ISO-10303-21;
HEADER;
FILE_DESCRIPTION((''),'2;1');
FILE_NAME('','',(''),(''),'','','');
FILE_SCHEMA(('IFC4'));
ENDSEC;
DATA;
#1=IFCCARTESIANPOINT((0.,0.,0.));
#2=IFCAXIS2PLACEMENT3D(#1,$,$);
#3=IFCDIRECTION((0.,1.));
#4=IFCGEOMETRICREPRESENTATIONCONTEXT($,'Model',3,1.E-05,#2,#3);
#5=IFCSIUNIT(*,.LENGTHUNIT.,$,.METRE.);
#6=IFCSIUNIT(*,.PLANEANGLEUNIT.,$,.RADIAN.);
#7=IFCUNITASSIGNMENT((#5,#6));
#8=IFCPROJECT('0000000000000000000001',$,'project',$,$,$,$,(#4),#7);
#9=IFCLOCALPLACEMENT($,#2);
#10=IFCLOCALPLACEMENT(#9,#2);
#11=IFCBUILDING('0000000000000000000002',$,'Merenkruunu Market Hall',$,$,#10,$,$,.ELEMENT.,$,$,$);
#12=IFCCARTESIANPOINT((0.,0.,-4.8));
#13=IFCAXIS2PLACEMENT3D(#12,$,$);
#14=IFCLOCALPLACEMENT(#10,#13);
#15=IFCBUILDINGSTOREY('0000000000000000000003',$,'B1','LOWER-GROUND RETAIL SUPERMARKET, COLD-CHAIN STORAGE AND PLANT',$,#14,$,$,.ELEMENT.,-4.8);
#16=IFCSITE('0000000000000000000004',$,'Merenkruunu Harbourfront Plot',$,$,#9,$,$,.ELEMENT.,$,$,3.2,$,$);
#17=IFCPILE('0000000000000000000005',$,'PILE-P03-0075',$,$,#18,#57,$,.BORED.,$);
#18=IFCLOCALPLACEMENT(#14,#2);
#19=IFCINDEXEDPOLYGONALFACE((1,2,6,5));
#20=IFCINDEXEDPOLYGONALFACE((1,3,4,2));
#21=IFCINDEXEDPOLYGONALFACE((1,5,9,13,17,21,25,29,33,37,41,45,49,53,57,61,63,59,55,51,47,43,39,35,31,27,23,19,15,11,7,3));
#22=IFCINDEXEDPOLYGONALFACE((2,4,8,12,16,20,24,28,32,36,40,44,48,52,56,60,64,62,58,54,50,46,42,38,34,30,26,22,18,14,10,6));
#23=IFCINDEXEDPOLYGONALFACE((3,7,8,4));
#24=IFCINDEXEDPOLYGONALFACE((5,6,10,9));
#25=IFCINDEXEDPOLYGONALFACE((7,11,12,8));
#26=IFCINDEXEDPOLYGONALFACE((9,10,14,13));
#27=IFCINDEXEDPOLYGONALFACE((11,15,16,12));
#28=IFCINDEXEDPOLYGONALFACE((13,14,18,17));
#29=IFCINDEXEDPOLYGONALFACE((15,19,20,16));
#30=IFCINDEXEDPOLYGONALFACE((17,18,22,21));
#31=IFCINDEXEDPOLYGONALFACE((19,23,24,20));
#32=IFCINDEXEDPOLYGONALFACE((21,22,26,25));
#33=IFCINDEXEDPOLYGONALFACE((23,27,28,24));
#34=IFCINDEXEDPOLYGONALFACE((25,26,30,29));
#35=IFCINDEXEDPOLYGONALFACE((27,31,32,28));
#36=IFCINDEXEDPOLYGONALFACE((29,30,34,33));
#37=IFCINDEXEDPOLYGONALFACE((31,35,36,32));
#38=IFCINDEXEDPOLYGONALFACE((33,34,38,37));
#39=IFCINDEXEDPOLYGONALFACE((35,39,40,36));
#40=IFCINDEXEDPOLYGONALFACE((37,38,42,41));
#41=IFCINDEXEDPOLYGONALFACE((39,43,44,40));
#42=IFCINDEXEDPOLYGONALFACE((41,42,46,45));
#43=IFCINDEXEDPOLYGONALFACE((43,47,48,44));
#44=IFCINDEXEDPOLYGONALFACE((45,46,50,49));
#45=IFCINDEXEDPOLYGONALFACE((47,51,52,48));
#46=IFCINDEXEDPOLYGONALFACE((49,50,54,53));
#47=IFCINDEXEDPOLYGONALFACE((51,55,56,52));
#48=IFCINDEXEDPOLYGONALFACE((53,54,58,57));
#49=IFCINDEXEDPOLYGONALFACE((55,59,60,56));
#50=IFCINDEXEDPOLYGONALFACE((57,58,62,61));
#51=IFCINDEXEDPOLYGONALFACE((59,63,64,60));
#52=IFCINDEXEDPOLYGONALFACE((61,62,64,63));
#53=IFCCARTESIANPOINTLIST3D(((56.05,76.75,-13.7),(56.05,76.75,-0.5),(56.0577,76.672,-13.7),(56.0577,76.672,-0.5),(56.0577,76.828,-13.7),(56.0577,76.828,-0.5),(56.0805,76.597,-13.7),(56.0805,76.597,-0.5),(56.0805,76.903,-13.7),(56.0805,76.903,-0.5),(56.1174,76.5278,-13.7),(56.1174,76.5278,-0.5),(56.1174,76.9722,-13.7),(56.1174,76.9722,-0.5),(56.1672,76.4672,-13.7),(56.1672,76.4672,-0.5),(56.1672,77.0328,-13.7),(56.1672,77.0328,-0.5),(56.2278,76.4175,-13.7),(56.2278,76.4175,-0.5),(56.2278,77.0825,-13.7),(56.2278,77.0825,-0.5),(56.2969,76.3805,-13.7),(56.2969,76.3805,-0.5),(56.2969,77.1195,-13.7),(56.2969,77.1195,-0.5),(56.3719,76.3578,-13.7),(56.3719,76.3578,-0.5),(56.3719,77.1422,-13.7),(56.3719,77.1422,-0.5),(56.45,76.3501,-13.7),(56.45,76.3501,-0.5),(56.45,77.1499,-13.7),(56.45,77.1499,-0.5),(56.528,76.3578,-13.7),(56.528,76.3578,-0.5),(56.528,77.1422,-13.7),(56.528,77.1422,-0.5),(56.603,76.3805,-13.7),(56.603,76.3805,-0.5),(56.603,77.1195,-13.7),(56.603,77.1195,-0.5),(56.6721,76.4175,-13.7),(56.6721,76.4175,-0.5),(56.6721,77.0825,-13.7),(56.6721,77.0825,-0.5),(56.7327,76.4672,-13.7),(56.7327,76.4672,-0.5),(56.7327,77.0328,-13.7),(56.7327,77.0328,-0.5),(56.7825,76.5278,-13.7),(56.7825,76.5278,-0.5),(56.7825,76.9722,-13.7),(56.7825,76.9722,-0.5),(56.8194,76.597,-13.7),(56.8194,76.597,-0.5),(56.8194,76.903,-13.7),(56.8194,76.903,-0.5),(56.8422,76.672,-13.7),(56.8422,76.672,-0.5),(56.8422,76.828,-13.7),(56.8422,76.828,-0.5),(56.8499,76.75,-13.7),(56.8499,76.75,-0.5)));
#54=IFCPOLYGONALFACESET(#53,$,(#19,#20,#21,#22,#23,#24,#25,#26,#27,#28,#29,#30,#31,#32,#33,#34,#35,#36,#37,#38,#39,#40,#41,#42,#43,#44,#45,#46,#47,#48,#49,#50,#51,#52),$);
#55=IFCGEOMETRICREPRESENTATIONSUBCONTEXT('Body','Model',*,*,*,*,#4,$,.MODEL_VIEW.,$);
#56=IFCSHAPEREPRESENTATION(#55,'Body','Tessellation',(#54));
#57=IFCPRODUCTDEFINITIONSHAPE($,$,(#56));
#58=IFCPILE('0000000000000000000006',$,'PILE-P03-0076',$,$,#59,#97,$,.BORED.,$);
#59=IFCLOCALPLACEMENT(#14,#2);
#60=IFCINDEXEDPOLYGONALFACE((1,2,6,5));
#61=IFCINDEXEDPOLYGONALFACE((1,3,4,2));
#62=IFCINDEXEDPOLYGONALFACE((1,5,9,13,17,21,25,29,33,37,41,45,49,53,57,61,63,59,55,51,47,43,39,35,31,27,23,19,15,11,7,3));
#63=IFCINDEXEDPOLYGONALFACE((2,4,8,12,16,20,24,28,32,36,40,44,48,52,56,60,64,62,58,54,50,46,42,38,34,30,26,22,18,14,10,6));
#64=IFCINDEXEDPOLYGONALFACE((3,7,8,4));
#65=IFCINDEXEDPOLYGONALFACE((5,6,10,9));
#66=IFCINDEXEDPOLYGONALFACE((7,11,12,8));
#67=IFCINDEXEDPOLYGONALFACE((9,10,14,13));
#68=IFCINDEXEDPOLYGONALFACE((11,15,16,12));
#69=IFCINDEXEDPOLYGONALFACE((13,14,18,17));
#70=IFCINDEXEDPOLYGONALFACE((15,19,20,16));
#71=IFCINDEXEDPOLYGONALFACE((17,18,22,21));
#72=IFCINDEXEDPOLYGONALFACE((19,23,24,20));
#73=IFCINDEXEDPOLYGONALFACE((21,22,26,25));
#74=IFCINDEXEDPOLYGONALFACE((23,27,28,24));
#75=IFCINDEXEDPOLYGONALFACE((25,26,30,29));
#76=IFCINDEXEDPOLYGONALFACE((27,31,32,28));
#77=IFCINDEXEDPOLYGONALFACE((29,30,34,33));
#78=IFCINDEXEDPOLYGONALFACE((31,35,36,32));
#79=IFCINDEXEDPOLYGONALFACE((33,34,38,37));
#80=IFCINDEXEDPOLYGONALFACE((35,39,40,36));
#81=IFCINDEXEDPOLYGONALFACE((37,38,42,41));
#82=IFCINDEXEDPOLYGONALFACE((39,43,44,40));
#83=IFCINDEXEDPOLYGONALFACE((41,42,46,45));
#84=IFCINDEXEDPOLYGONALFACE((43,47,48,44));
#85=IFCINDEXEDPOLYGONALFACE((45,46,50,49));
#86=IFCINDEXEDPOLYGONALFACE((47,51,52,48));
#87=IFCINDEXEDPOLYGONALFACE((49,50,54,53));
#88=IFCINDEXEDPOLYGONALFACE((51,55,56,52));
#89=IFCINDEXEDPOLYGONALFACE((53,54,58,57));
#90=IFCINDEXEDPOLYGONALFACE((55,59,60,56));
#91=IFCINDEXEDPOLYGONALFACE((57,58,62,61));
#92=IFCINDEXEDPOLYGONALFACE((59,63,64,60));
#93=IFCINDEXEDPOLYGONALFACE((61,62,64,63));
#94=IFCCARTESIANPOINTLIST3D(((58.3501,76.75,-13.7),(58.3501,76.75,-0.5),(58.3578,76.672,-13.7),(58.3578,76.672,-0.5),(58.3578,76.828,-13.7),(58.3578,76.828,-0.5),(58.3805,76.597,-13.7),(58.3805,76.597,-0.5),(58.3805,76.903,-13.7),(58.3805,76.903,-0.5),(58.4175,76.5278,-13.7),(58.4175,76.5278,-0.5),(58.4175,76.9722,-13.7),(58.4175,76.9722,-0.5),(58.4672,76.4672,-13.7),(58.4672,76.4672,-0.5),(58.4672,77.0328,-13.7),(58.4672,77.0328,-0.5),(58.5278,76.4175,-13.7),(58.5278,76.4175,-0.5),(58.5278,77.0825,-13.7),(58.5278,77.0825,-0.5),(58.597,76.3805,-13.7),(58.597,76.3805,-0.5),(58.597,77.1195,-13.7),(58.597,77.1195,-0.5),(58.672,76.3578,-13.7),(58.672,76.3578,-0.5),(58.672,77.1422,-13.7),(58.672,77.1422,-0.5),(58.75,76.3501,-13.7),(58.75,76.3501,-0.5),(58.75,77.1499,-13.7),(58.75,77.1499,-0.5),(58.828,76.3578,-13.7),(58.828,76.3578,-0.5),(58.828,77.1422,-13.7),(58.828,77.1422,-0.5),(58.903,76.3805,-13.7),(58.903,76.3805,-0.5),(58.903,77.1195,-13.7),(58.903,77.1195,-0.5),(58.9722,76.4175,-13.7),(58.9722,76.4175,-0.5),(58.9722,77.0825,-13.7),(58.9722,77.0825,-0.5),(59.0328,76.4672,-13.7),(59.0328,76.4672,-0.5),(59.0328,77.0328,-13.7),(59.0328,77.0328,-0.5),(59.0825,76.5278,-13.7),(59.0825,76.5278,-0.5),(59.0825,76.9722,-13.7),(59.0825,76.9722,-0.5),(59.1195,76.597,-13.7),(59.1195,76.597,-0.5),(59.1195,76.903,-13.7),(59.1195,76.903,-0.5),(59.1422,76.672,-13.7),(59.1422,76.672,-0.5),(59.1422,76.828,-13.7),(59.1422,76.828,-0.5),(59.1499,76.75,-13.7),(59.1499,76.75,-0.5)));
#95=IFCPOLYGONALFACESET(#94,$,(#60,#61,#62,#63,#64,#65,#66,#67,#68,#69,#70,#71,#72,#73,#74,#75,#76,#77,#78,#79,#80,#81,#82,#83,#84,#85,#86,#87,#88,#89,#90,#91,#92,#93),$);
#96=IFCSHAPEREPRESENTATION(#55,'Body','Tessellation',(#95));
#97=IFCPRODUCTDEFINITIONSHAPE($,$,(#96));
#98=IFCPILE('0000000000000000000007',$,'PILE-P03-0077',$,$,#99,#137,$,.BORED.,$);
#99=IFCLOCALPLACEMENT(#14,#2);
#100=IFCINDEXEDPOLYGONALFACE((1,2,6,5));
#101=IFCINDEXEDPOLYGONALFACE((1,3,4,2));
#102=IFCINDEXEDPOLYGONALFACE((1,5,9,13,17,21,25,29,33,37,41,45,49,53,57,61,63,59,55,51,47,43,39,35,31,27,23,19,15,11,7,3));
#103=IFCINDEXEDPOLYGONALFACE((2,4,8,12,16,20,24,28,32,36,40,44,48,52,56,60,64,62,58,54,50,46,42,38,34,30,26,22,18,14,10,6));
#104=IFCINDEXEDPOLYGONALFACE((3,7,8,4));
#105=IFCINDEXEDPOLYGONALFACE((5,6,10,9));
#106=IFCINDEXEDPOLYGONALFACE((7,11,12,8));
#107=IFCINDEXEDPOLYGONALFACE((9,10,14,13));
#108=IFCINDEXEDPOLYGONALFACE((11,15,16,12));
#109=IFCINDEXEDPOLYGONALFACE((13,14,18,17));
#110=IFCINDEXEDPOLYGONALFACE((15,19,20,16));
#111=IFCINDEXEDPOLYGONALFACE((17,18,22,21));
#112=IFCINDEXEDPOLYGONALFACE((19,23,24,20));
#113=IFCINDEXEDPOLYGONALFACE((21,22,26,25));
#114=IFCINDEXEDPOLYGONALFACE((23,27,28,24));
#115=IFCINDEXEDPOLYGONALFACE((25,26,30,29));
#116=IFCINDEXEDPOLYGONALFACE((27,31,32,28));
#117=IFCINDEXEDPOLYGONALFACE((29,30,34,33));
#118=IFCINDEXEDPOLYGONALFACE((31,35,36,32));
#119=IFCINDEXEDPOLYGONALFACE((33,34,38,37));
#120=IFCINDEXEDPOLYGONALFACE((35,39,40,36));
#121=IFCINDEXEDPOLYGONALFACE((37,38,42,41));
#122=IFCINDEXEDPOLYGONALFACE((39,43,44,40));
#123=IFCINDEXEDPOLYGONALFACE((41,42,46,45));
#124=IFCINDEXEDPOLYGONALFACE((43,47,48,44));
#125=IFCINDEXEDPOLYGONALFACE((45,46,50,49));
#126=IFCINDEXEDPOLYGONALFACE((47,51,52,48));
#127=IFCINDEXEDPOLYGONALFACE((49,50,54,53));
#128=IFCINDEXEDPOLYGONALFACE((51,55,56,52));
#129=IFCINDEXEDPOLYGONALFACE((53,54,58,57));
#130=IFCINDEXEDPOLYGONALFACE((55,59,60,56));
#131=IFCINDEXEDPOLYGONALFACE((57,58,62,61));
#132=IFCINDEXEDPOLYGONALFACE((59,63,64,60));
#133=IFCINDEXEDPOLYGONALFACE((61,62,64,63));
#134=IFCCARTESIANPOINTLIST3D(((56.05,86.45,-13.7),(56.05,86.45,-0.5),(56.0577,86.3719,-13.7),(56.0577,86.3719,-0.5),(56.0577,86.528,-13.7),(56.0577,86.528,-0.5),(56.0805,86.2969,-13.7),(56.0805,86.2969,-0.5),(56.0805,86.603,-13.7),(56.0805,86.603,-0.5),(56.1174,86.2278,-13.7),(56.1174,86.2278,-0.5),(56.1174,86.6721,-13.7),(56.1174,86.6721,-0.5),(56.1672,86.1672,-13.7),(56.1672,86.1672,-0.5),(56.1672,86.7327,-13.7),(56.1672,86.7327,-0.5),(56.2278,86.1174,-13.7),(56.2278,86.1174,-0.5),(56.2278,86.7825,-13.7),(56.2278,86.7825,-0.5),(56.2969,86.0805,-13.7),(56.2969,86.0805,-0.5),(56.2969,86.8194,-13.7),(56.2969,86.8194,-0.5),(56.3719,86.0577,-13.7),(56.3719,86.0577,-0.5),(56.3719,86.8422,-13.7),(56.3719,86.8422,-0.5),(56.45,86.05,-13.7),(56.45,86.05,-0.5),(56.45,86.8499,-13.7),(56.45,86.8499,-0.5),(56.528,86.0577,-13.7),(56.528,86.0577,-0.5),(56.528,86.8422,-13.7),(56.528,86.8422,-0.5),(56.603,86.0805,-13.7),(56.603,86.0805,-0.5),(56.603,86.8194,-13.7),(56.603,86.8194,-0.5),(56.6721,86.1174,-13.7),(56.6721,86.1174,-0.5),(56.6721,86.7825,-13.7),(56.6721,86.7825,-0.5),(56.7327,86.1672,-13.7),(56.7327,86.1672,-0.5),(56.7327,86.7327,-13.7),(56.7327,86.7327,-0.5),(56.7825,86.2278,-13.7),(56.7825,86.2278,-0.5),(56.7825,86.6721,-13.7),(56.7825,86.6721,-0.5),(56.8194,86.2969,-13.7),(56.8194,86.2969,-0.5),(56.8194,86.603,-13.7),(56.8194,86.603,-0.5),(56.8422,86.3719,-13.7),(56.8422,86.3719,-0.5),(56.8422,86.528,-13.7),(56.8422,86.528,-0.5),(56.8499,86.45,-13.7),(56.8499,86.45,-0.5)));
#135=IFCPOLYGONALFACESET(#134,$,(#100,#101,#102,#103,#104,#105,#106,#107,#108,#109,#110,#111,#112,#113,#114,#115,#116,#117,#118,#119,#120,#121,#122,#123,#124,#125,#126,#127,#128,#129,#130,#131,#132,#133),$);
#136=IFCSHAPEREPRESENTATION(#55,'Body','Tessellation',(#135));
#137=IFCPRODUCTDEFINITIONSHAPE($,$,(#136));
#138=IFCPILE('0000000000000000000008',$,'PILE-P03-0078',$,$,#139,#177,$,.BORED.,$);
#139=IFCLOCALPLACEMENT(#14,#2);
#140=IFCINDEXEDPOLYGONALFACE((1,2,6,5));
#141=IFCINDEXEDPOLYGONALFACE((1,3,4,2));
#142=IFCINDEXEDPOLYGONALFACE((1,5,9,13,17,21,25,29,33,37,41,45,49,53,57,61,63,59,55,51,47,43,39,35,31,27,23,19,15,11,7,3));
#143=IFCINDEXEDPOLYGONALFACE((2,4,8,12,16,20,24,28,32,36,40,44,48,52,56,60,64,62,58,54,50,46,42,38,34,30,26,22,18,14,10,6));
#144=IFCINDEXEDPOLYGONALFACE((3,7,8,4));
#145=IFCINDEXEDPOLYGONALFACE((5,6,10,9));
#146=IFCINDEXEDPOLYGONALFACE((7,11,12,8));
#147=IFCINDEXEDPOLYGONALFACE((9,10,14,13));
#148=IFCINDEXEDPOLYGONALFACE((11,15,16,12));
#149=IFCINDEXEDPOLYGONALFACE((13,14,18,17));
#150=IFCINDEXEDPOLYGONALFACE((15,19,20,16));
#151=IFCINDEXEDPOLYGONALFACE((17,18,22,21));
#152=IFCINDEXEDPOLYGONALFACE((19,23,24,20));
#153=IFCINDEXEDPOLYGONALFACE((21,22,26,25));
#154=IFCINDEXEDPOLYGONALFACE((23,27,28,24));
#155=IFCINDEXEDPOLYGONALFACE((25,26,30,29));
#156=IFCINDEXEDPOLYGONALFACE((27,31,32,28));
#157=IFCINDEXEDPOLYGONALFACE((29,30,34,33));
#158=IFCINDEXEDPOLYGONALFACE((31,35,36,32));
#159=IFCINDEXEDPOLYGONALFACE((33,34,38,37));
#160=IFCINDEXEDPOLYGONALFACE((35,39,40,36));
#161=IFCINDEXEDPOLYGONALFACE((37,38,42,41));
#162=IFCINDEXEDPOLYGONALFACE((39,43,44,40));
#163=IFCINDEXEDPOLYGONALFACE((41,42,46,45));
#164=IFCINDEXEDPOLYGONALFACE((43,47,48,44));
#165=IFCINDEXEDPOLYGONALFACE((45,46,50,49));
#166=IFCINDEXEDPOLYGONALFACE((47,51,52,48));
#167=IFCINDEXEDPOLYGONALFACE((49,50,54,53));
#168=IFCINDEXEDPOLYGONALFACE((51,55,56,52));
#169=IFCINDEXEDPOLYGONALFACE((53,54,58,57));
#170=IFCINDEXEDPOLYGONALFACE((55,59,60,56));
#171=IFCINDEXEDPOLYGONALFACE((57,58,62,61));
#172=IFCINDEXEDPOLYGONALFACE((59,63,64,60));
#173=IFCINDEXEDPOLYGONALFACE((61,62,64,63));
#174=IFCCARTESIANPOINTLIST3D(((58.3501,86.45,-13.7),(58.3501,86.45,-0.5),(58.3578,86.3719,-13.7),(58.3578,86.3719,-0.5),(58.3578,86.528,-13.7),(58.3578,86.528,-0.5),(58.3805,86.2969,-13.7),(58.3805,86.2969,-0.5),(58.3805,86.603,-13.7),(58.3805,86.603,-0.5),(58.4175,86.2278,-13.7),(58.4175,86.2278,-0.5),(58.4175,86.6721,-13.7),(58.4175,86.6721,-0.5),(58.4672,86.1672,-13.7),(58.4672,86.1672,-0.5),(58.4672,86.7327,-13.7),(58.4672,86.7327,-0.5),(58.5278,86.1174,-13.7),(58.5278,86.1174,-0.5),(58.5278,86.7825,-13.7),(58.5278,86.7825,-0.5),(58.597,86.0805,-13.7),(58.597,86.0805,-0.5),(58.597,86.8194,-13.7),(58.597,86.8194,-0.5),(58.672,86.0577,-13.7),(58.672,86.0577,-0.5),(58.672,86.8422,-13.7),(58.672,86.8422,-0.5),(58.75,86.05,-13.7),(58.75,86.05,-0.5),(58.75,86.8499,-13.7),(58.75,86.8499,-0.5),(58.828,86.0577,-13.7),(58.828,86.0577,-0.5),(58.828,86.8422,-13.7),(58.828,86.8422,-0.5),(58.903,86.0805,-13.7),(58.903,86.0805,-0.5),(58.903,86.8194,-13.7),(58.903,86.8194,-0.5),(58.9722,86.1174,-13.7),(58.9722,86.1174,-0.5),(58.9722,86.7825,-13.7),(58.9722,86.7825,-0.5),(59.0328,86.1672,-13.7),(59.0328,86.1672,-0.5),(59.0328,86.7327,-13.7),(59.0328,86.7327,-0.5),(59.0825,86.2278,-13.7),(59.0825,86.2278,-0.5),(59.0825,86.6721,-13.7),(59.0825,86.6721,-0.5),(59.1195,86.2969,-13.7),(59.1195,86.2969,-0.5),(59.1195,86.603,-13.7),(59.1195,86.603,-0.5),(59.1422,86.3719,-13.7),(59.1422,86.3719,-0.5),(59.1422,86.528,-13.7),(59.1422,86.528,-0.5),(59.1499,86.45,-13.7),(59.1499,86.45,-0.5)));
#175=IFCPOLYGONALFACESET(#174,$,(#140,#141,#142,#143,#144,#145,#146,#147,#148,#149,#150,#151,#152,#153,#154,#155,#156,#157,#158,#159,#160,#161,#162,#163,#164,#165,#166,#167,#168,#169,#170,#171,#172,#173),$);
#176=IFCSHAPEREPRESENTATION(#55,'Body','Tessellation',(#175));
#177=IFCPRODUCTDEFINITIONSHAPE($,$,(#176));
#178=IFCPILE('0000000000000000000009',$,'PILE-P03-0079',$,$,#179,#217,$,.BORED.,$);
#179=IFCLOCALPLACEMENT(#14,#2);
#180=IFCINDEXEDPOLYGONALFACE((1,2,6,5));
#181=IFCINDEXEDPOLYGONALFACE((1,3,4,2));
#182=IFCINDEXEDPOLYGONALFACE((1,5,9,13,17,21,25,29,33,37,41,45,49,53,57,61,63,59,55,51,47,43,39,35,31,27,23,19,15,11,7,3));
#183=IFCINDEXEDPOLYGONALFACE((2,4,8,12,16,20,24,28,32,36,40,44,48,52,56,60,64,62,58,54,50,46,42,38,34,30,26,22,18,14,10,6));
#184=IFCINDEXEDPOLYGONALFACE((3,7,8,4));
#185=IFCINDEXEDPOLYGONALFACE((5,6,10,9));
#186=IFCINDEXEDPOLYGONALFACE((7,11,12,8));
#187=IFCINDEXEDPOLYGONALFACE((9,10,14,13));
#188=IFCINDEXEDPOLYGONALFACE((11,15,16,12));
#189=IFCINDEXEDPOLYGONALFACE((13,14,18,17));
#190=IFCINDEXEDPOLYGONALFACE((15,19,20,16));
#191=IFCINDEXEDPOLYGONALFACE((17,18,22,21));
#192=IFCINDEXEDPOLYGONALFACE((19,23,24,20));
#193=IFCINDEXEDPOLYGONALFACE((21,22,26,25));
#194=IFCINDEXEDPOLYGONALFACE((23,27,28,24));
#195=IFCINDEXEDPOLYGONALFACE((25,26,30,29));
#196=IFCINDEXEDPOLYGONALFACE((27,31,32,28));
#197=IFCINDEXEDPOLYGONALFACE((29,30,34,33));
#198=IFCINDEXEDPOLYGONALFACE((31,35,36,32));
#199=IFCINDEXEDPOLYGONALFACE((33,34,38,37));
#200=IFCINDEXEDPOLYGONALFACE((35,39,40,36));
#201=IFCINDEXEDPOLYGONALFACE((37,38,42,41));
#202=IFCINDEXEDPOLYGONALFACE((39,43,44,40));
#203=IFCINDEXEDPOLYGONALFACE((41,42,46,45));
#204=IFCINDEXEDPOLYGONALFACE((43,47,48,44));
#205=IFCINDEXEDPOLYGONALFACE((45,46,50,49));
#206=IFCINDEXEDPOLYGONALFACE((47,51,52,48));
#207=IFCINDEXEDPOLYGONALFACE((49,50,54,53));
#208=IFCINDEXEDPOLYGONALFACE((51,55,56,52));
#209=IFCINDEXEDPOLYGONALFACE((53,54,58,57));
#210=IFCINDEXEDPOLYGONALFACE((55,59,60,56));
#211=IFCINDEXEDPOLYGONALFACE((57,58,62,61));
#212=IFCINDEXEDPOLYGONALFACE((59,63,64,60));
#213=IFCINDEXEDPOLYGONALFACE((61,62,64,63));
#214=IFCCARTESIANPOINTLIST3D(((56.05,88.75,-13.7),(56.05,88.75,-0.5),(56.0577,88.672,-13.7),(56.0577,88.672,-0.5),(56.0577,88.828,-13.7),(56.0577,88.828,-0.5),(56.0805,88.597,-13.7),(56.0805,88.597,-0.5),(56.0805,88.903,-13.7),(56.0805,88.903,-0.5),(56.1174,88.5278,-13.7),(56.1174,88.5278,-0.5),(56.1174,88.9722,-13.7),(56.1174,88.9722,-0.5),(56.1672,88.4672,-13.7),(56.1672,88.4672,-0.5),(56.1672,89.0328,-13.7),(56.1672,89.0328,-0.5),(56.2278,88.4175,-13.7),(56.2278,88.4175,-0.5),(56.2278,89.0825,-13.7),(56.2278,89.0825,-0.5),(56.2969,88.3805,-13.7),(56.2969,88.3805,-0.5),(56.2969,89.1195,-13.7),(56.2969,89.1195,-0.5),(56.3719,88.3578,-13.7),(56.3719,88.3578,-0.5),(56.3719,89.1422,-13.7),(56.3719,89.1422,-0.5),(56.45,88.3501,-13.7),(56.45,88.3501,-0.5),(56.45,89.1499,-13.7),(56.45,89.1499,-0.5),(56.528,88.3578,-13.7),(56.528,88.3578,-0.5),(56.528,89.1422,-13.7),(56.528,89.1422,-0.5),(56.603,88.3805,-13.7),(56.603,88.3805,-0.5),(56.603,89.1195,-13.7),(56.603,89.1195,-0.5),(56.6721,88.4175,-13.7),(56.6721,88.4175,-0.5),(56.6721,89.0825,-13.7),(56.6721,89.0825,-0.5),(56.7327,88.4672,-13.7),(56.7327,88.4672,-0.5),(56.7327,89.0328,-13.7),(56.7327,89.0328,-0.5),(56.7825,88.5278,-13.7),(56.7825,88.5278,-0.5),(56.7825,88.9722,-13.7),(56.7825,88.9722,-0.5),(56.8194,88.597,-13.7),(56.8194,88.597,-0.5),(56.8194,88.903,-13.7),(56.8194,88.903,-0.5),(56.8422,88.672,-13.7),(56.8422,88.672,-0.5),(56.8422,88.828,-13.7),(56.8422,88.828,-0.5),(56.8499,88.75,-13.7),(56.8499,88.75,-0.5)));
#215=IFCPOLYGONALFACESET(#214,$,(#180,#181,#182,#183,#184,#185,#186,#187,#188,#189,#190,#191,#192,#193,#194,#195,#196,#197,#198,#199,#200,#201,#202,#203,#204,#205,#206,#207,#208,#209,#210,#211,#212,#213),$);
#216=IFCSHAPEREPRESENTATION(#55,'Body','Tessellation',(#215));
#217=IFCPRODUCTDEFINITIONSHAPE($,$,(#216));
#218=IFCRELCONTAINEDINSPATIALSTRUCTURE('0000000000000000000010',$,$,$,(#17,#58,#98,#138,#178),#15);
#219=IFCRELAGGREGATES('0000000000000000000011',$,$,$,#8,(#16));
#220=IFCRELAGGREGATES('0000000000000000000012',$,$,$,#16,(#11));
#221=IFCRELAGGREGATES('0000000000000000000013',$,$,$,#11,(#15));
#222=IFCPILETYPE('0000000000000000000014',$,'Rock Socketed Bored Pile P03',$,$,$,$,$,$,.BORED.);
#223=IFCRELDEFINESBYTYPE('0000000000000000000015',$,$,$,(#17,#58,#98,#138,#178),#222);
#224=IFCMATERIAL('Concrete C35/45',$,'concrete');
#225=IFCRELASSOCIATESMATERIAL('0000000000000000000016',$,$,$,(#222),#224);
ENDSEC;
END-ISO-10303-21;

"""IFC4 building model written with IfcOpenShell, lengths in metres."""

from ifc_helpers import new_model, si_unit, direction, frame, origin, origin_2d, place, context, subcontext, project, spatial, circle, extrude, material, material_profile, profile_set, type_object, element, save


model = new_model("IFC4")

# Units and contexts
model_context = context("Model", 3, precision=1e-05, world=origin(), true_north=direction((0.0, 1.0)))
body_context = subcontext(model_context, "Body", "Model", "MODEL_VIEW")
ifc_project = project(units=[si_unit("LENGTHUNIT", "METRE"), si_unit("PLANEANGLEUNIT", "RADIAN")], contexts=[model_context])

# Site, building, storey
site_placement = place(None, origin())
site = spatial("IfcSite", under=ifc_project, at=site_placement, Name="Merenkruunu Harbourfront Plot", CompositionType="ELEMENT", RefElevation=3.2)
building_placement = place(site_placement, origin())
building = spatial("IfcBuilding", under=site, at=building_placement, Name="Merenkruunu Market Hall", CompositionType="ELEMENT")
storey_placement = place(building_placement, frame((0.0, 0.0, -4.8)))
storey = spatial("IfcBuildingStorey", under=building, at=storey_placement, Name="B1", Description="LOWER-GROUND RETAIL SUPERMARKET, COLD-CHAIN STORAGE AND PLANT", CompositionType="ELEMENT", Elevation=-4.8)

# Piles
ifc_material_1 = material(Name="Concrete C35/45", Category="concrete")
ifc_material_profile_1 = material_profile(ifc_material_1, circle(Radius=0.3999, at=origin_2d()), Name="BORED PILE 800")
ifc_profile_set_1 = profile_set([ifc_material_profile_1], Name="Concrete C35/45")
pile_type_1 = type_object("IfcPileType", Name="Rock Socketed Bored Pile P03", PredefinedType="BORED", material=ifc_profile_set_1)
for number, where, z_axis, x_axis, name in (
    (1, (56.45, 76.75, -0.5), (0.0, 0.0, -1.0), (1.0, 0.0, 0.0), "PILE-P03-0075"),
    (2, (58.75, 76.75, -0.5), (0.0, 0.0, -1.0), (1.0, 0.0, 0.0), "PILE-P03-0076"),
    (3, (56.45, 86.45, -0.5), (0.0, 0.0, -1.0), (1.0, 0.0, 0.0), "PILE-P03-0077"),
    (4, (58.75, 86.45, -0.5), (0.0, 0.0, -1.0), (1.0, 0.0, 0.0), "PILE-P03-0078"),
    (5, (56.45, 88.75, -0.5), (0.0, 0.0, -1.0), (1.0, 0.0, 0.0), "PILE-P03-0079"),
):
    element("IfcPile", number, at=place(storey_placement, frame(where, z_axis=z_axis, x_axis=x_axis)), inside=storey, type_object=pile_type_1, Name=name, PredefinedType="BORED", context=body_context, shape_type="SweptSolid", body=[
        extrude(circle(Radius=0.3999, at=origin_2d()), origin(), (0.0, 0.0, 1.0), 13.2),
    ])

save(model, "model.ifc")
